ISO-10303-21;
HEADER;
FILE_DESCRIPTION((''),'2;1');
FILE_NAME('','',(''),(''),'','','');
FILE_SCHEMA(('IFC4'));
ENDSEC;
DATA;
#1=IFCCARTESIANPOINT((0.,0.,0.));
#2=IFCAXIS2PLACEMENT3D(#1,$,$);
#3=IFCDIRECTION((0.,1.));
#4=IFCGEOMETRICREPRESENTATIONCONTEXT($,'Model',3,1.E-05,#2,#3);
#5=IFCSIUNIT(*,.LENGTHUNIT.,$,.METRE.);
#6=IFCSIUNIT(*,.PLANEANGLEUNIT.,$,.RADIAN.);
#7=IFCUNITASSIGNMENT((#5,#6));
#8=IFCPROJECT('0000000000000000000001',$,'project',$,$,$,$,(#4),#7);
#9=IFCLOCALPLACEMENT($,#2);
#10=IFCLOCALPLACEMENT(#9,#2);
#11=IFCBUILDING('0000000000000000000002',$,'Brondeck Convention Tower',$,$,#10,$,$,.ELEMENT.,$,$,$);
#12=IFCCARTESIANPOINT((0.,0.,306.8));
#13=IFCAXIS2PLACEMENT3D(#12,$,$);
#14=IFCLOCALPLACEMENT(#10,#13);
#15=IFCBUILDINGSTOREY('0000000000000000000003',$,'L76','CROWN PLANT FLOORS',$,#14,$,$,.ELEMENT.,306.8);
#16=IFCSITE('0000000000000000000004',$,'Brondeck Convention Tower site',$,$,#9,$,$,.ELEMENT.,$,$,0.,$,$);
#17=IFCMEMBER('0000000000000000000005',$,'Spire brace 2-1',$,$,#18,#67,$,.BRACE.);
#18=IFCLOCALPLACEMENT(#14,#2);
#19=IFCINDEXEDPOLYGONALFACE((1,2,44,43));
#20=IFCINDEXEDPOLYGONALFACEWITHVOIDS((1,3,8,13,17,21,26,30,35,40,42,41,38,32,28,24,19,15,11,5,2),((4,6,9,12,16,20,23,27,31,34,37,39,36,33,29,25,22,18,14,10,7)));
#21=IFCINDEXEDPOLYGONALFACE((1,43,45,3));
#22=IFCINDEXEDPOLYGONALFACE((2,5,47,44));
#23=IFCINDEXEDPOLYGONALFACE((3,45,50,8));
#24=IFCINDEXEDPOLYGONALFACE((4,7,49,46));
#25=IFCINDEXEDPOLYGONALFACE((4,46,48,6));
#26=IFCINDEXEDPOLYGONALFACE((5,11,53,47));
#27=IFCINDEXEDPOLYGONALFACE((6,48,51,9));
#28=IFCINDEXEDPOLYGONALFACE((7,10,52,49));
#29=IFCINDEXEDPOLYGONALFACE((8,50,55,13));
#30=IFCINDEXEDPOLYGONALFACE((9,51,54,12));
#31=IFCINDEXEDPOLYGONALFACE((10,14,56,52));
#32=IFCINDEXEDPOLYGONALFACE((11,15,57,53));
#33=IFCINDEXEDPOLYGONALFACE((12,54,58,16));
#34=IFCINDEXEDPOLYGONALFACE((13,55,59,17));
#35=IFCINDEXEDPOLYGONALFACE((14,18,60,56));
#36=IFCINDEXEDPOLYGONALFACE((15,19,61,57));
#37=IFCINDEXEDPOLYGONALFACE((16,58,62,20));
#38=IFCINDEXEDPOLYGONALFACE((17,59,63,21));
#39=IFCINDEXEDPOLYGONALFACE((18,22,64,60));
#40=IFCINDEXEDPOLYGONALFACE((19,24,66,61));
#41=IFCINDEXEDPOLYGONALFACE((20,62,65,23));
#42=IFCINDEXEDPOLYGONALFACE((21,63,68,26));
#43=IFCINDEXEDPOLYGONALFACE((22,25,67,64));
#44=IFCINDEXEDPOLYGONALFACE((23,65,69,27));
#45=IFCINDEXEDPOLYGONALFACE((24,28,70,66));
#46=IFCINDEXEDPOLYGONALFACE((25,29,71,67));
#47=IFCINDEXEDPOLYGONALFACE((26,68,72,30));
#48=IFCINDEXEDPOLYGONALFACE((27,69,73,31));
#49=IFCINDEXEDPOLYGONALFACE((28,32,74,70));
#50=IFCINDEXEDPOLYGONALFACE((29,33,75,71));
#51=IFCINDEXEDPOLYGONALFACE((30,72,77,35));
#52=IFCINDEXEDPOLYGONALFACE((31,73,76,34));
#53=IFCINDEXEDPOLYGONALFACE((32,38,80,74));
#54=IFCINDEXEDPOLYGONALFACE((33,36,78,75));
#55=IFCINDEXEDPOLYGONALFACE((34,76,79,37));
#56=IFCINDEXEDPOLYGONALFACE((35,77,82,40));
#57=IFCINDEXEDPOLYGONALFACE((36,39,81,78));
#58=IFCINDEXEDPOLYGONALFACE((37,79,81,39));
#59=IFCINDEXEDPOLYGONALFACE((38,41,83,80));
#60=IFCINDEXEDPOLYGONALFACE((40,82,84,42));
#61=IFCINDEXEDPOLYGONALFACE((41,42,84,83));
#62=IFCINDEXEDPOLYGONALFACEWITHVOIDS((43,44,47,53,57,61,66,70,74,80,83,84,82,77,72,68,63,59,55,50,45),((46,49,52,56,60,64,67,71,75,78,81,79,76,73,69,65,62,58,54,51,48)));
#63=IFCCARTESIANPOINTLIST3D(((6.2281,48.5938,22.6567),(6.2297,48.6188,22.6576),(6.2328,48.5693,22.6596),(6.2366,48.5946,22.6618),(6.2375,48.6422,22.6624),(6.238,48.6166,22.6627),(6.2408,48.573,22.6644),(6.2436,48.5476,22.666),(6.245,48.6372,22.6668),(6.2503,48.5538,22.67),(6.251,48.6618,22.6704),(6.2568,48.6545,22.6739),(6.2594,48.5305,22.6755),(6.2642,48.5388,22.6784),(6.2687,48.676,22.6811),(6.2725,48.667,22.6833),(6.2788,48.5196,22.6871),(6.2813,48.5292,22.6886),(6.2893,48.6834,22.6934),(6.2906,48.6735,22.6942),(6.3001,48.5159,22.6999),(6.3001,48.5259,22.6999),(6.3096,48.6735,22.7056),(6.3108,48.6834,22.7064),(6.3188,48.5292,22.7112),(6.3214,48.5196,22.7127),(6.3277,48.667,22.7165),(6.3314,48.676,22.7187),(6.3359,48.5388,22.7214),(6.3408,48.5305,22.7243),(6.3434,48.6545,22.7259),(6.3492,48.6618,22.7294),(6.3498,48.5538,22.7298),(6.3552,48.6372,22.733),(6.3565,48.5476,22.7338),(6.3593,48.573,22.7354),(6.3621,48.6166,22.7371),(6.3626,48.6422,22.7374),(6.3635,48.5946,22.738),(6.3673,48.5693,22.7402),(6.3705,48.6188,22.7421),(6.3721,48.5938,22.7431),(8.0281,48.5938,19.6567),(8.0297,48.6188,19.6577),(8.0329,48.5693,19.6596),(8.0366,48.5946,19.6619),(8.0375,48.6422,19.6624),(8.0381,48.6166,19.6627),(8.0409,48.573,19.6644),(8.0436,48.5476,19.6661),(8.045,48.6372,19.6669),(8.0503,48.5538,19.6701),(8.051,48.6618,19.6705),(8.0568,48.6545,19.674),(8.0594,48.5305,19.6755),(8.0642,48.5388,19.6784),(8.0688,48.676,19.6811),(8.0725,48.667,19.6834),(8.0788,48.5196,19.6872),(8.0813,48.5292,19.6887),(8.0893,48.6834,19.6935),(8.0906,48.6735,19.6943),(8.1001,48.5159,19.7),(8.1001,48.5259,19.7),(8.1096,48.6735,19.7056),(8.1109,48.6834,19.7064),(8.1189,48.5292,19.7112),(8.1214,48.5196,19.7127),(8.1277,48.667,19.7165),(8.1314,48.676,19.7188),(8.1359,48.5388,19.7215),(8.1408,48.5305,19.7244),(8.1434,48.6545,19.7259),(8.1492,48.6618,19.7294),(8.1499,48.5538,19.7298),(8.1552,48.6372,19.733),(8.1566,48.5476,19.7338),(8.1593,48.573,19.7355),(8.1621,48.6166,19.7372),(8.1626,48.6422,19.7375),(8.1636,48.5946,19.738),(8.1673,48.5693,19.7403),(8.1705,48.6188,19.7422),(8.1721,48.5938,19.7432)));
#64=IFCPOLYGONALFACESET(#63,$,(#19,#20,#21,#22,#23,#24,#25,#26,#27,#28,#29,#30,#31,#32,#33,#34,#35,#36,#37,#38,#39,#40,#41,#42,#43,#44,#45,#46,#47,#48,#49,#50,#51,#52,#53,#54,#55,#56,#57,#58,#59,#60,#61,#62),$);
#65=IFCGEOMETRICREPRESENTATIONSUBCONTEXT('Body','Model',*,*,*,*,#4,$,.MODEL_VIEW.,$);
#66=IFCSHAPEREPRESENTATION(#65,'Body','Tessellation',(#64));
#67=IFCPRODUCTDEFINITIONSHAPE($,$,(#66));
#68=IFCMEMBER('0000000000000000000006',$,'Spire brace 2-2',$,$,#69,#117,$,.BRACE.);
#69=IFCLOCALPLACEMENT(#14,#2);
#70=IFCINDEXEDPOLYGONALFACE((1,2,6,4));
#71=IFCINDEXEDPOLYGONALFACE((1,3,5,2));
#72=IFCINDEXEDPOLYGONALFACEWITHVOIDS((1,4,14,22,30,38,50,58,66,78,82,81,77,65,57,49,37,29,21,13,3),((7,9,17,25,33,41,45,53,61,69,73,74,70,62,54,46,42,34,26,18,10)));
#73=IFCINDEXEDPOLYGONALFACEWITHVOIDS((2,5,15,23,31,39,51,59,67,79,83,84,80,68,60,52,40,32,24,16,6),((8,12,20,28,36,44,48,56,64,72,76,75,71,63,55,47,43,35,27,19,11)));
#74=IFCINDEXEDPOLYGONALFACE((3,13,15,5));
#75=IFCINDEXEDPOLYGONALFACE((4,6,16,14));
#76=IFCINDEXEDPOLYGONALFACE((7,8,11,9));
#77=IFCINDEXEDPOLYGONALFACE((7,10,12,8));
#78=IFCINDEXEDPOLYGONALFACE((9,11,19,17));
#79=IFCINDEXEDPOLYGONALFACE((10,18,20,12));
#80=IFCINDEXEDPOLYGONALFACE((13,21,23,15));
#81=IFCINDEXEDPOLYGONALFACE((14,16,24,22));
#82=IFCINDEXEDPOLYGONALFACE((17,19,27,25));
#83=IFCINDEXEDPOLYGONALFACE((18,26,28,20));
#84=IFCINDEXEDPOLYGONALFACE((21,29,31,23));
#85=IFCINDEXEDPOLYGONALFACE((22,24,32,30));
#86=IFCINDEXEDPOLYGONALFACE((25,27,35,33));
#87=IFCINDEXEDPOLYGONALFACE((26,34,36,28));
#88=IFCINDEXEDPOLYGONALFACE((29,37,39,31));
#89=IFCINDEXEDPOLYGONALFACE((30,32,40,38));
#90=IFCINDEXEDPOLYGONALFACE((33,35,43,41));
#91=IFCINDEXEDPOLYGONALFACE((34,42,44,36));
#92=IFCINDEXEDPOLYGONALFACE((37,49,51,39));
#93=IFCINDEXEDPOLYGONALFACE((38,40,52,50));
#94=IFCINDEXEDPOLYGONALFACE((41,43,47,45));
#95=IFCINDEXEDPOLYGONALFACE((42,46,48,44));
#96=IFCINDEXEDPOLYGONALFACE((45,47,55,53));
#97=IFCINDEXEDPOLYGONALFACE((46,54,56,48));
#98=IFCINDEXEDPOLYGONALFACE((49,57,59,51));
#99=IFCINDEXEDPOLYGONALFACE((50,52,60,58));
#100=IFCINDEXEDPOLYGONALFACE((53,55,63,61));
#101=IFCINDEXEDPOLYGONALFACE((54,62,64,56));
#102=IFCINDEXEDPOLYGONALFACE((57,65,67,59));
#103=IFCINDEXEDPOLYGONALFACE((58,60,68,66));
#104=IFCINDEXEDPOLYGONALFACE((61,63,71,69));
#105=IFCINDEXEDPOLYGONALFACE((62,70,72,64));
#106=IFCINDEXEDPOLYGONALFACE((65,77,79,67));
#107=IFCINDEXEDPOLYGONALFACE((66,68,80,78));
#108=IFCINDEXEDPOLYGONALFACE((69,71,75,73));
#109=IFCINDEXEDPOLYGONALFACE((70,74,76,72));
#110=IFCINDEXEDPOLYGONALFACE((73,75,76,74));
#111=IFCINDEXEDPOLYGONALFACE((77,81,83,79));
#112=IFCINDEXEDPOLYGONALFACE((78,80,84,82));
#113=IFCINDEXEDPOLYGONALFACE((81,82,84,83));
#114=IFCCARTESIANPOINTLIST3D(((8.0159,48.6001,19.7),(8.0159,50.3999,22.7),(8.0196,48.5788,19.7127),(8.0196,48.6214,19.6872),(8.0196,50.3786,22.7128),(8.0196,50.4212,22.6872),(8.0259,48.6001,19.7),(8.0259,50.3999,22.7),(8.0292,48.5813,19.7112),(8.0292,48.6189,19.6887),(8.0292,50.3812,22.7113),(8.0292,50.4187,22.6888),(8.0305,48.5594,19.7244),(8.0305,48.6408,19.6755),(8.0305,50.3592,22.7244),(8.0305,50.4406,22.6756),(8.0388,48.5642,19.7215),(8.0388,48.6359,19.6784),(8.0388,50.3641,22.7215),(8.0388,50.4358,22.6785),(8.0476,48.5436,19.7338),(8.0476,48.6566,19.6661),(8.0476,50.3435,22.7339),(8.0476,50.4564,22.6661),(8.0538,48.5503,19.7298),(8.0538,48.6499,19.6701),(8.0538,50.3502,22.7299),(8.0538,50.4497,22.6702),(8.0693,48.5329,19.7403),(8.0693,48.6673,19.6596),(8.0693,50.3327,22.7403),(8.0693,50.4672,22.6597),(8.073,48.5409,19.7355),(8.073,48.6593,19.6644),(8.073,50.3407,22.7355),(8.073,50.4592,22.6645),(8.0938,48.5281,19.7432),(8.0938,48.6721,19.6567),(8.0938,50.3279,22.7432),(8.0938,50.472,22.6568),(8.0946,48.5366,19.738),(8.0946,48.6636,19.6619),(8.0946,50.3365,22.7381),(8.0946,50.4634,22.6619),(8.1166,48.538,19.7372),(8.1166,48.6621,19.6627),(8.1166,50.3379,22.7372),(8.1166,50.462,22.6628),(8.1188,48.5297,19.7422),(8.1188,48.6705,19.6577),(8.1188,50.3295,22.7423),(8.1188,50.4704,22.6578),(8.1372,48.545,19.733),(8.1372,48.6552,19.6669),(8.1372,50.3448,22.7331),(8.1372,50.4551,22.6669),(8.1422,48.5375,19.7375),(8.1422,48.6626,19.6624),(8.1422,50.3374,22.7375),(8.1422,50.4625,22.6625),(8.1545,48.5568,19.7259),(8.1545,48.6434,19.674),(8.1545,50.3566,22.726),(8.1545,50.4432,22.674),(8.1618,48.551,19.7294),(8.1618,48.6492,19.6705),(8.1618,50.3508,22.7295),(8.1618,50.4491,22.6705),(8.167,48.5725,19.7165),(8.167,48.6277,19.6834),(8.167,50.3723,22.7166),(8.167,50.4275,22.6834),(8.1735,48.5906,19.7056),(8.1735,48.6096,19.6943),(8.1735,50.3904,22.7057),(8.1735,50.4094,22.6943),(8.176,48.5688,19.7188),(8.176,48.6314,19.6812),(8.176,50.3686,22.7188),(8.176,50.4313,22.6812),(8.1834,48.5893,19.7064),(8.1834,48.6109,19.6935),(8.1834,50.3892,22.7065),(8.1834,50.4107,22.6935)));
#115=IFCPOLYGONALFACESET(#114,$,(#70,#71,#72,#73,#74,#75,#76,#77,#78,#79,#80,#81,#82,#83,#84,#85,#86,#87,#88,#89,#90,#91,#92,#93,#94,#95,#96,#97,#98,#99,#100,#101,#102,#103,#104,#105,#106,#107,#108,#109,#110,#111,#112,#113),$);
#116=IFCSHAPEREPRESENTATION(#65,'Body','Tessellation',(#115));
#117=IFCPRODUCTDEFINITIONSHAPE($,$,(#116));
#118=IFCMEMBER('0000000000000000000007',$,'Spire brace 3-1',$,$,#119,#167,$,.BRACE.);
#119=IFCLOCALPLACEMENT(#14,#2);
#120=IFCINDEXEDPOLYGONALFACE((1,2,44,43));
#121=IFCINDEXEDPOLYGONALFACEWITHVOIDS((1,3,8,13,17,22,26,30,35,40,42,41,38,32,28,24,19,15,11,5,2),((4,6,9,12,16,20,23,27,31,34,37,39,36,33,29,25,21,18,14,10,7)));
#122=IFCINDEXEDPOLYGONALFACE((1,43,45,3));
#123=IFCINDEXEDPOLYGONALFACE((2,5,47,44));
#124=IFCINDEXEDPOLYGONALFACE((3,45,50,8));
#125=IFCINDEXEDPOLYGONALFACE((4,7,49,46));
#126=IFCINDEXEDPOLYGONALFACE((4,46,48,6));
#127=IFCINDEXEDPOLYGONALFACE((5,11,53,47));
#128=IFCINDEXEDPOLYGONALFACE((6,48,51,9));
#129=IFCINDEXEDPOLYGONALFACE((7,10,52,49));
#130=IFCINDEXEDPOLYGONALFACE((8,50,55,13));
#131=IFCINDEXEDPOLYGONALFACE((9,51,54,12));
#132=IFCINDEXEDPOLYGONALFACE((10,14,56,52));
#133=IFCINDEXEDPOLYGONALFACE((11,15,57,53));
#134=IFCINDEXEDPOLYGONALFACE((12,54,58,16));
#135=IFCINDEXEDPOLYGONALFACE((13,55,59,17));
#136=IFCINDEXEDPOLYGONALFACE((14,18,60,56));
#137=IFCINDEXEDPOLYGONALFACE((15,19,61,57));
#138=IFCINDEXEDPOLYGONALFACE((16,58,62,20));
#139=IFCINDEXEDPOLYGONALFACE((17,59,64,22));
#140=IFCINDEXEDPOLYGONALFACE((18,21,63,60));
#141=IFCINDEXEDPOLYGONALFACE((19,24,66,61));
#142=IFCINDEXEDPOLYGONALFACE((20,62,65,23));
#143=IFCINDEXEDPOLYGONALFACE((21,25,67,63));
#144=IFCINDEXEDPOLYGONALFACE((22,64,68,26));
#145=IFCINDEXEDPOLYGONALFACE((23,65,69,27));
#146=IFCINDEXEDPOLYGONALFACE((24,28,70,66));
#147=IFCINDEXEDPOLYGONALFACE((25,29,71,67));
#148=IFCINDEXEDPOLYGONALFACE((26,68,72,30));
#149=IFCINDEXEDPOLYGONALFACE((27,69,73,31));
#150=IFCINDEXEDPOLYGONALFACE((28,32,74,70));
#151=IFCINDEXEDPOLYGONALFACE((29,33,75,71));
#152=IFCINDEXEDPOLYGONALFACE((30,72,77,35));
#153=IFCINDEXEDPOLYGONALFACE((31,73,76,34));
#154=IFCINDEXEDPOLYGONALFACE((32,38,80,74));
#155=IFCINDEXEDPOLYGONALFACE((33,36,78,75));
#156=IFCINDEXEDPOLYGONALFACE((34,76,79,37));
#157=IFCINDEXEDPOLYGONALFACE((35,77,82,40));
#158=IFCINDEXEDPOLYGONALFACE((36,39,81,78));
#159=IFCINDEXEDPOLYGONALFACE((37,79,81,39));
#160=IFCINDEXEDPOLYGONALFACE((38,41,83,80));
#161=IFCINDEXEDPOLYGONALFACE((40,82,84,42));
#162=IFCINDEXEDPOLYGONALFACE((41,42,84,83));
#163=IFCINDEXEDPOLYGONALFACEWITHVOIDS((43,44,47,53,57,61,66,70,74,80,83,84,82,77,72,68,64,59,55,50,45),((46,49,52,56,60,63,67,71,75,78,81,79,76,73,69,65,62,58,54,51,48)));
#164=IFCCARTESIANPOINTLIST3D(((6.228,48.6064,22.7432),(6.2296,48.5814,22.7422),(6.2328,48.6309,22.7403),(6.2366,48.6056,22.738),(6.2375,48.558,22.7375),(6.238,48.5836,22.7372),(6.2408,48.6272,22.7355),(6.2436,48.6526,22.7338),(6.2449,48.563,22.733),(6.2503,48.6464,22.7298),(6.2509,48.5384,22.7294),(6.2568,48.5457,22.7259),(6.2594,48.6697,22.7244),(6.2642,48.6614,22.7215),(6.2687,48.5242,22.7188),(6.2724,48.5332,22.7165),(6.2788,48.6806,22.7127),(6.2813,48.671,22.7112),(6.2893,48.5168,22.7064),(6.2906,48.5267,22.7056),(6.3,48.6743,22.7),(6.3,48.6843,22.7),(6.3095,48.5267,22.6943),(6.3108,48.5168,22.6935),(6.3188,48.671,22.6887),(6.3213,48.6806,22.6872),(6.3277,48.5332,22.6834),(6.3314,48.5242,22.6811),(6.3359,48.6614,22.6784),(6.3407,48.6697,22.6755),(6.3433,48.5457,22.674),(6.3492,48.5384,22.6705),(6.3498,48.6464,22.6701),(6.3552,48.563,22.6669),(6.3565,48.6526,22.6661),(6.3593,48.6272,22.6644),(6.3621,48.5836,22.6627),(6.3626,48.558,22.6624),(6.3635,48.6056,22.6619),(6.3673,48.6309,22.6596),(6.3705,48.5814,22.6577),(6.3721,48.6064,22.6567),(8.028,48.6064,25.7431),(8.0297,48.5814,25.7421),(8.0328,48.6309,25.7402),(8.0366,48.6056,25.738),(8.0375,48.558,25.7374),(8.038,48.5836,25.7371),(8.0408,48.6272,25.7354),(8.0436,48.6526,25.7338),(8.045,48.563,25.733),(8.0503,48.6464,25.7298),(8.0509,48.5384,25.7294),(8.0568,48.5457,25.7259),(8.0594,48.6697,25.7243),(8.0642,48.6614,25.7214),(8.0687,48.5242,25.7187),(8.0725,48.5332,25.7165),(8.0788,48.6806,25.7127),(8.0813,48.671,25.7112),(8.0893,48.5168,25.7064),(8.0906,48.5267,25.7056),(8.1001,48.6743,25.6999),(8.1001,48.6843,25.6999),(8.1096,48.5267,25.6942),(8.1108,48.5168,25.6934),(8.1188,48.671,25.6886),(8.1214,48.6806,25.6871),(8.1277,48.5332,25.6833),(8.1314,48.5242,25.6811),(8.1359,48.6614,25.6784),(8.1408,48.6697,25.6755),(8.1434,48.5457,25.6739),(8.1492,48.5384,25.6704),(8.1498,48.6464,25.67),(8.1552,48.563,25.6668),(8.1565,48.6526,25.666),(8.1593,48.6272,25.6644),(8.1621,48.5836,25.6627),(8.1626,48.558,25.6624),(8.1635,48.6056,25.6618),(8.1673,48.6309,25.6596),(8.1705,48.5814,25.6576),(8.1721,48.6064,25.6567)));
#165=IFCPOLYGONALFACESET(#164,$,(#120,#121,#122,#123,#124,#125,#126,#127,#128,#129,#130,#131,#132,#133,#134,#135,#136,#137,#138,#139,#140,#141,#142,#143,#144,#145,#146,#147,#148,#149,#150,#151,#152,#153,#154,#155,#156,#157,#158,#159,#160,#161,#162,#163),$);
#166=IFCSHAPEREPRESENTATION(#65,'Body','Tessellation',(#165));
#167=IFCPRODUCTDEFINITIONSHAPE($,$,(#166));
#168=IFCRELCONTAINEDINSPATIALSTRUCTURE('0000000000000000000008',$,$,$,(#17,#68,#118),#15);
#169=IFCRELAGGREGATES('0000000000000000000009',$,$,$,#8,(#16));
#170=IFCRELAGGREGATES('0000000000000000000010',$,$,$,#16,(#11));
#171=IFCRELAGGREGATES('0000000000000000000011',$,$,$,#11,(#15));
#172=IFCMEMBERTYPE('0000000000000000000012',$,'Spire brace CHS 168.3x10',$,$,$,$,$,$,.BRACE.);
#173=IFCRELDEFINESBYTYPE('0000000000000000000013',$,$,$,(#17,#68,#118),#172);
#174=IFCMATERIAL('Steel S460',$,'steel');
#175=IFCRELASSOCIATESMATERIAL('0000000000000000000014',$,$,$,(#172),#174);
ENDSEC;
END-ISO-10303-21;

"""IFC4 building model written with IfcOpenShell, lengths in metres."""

from ifc_helpers import new_model, si_unit, direction, frame, origin, origin_2d, place, context, subcontext, project, spatial, hollow_circle, extrude, material, material_profile, profile_set, type_object, element, save


model = new_model("IFC4")

# Units and contexts
model_context = context("Model", 3, precision=1e-05, world=origin(), true_north=direction((0.0, 1.0)))
body_context = subcontext(model_context, "Body", "Model", "MODEL_VIEW")
ifc_project = project(units=[si_unit("LENGTHUNIT", "METRE"), si_unit("PLANEANGLEUNIT", "RADIAN")], contexts=[model_context])

# Site, building, storey
site_placement = place(None, origin())
site = spatial("IfcSite", under=ifc_project, at=site_placement, Name="Brondeck Convention Tower site", CompositionType="ELEMENT", RefElevation=0.0)
building_placement = place(site_placement, origin())
building = spatial("IfcBuilding", under=site, at=building_placement, Name="Brondeck Convention Tower", CompositionType="ELEMENT")
storey_placement = place(building_placement, frame((0.0, 0.0, 306.8)))
storey = spatial("IfcBuildingStorey", under=building, at=storey_placement, Name="L76", Description="CROWN PLANT FLOORS", CompositionType="ELEMENT", Elevation=306.8)

# Members
ifc_material_1 = material(Name="Steel S460", Category="steel")
ifc_material_profile_1 = material_profile(ifc_material_1, hollow_circle(Radius=0.0842, WallThickness=0.01, at=origin_2d()), Name="CHS 168.3x10")
ifc_profile_set_1 = profile_set([ifc_material_profile_1], Name="Steel S460")
member_type_1 = type_object("IfcMemberType", Name="Spire brace CHS 168.3x10", PredefinedType="BRACE", material=ifc_profile_set_1)
for number, where, z_axis, x_axis, name in (
    (1, (8.1001, 48.6001, 19.7), (-0.514506, 0.0, 0.857487), (0.0, -1.0, 0.0), "Spire brace 2-1"),
    (2, (8.1001, 48.6001, 19.7), (0.0, 0.514455, 0.857518), (-1.0, 0.0, 0.0), "Spire brace 2-2"),
    (3, (6.3, 48.6001, 22.7), (0.514506, 0.0, 0.857487), (0.0, 1.0, 0.0), "Spire brace 3-1"),
):
    element("IfcMember", number, at=place(storey_placement, frame(where, z_axis=z_axis, x_axis=x_axis)), inside=storey, type_object=member_type_1, Name=name, PredefinedType="BRACE", context=body_context, shape_type="SweptSolid", body=[
        extrude(hollow_circle(Radius=0.0842, WallThickness=0.01, at=origin_2d()), origin(), (0.0, 0.0, 1.0), 3.4985),
    ])

save(model, "model.ifc")
